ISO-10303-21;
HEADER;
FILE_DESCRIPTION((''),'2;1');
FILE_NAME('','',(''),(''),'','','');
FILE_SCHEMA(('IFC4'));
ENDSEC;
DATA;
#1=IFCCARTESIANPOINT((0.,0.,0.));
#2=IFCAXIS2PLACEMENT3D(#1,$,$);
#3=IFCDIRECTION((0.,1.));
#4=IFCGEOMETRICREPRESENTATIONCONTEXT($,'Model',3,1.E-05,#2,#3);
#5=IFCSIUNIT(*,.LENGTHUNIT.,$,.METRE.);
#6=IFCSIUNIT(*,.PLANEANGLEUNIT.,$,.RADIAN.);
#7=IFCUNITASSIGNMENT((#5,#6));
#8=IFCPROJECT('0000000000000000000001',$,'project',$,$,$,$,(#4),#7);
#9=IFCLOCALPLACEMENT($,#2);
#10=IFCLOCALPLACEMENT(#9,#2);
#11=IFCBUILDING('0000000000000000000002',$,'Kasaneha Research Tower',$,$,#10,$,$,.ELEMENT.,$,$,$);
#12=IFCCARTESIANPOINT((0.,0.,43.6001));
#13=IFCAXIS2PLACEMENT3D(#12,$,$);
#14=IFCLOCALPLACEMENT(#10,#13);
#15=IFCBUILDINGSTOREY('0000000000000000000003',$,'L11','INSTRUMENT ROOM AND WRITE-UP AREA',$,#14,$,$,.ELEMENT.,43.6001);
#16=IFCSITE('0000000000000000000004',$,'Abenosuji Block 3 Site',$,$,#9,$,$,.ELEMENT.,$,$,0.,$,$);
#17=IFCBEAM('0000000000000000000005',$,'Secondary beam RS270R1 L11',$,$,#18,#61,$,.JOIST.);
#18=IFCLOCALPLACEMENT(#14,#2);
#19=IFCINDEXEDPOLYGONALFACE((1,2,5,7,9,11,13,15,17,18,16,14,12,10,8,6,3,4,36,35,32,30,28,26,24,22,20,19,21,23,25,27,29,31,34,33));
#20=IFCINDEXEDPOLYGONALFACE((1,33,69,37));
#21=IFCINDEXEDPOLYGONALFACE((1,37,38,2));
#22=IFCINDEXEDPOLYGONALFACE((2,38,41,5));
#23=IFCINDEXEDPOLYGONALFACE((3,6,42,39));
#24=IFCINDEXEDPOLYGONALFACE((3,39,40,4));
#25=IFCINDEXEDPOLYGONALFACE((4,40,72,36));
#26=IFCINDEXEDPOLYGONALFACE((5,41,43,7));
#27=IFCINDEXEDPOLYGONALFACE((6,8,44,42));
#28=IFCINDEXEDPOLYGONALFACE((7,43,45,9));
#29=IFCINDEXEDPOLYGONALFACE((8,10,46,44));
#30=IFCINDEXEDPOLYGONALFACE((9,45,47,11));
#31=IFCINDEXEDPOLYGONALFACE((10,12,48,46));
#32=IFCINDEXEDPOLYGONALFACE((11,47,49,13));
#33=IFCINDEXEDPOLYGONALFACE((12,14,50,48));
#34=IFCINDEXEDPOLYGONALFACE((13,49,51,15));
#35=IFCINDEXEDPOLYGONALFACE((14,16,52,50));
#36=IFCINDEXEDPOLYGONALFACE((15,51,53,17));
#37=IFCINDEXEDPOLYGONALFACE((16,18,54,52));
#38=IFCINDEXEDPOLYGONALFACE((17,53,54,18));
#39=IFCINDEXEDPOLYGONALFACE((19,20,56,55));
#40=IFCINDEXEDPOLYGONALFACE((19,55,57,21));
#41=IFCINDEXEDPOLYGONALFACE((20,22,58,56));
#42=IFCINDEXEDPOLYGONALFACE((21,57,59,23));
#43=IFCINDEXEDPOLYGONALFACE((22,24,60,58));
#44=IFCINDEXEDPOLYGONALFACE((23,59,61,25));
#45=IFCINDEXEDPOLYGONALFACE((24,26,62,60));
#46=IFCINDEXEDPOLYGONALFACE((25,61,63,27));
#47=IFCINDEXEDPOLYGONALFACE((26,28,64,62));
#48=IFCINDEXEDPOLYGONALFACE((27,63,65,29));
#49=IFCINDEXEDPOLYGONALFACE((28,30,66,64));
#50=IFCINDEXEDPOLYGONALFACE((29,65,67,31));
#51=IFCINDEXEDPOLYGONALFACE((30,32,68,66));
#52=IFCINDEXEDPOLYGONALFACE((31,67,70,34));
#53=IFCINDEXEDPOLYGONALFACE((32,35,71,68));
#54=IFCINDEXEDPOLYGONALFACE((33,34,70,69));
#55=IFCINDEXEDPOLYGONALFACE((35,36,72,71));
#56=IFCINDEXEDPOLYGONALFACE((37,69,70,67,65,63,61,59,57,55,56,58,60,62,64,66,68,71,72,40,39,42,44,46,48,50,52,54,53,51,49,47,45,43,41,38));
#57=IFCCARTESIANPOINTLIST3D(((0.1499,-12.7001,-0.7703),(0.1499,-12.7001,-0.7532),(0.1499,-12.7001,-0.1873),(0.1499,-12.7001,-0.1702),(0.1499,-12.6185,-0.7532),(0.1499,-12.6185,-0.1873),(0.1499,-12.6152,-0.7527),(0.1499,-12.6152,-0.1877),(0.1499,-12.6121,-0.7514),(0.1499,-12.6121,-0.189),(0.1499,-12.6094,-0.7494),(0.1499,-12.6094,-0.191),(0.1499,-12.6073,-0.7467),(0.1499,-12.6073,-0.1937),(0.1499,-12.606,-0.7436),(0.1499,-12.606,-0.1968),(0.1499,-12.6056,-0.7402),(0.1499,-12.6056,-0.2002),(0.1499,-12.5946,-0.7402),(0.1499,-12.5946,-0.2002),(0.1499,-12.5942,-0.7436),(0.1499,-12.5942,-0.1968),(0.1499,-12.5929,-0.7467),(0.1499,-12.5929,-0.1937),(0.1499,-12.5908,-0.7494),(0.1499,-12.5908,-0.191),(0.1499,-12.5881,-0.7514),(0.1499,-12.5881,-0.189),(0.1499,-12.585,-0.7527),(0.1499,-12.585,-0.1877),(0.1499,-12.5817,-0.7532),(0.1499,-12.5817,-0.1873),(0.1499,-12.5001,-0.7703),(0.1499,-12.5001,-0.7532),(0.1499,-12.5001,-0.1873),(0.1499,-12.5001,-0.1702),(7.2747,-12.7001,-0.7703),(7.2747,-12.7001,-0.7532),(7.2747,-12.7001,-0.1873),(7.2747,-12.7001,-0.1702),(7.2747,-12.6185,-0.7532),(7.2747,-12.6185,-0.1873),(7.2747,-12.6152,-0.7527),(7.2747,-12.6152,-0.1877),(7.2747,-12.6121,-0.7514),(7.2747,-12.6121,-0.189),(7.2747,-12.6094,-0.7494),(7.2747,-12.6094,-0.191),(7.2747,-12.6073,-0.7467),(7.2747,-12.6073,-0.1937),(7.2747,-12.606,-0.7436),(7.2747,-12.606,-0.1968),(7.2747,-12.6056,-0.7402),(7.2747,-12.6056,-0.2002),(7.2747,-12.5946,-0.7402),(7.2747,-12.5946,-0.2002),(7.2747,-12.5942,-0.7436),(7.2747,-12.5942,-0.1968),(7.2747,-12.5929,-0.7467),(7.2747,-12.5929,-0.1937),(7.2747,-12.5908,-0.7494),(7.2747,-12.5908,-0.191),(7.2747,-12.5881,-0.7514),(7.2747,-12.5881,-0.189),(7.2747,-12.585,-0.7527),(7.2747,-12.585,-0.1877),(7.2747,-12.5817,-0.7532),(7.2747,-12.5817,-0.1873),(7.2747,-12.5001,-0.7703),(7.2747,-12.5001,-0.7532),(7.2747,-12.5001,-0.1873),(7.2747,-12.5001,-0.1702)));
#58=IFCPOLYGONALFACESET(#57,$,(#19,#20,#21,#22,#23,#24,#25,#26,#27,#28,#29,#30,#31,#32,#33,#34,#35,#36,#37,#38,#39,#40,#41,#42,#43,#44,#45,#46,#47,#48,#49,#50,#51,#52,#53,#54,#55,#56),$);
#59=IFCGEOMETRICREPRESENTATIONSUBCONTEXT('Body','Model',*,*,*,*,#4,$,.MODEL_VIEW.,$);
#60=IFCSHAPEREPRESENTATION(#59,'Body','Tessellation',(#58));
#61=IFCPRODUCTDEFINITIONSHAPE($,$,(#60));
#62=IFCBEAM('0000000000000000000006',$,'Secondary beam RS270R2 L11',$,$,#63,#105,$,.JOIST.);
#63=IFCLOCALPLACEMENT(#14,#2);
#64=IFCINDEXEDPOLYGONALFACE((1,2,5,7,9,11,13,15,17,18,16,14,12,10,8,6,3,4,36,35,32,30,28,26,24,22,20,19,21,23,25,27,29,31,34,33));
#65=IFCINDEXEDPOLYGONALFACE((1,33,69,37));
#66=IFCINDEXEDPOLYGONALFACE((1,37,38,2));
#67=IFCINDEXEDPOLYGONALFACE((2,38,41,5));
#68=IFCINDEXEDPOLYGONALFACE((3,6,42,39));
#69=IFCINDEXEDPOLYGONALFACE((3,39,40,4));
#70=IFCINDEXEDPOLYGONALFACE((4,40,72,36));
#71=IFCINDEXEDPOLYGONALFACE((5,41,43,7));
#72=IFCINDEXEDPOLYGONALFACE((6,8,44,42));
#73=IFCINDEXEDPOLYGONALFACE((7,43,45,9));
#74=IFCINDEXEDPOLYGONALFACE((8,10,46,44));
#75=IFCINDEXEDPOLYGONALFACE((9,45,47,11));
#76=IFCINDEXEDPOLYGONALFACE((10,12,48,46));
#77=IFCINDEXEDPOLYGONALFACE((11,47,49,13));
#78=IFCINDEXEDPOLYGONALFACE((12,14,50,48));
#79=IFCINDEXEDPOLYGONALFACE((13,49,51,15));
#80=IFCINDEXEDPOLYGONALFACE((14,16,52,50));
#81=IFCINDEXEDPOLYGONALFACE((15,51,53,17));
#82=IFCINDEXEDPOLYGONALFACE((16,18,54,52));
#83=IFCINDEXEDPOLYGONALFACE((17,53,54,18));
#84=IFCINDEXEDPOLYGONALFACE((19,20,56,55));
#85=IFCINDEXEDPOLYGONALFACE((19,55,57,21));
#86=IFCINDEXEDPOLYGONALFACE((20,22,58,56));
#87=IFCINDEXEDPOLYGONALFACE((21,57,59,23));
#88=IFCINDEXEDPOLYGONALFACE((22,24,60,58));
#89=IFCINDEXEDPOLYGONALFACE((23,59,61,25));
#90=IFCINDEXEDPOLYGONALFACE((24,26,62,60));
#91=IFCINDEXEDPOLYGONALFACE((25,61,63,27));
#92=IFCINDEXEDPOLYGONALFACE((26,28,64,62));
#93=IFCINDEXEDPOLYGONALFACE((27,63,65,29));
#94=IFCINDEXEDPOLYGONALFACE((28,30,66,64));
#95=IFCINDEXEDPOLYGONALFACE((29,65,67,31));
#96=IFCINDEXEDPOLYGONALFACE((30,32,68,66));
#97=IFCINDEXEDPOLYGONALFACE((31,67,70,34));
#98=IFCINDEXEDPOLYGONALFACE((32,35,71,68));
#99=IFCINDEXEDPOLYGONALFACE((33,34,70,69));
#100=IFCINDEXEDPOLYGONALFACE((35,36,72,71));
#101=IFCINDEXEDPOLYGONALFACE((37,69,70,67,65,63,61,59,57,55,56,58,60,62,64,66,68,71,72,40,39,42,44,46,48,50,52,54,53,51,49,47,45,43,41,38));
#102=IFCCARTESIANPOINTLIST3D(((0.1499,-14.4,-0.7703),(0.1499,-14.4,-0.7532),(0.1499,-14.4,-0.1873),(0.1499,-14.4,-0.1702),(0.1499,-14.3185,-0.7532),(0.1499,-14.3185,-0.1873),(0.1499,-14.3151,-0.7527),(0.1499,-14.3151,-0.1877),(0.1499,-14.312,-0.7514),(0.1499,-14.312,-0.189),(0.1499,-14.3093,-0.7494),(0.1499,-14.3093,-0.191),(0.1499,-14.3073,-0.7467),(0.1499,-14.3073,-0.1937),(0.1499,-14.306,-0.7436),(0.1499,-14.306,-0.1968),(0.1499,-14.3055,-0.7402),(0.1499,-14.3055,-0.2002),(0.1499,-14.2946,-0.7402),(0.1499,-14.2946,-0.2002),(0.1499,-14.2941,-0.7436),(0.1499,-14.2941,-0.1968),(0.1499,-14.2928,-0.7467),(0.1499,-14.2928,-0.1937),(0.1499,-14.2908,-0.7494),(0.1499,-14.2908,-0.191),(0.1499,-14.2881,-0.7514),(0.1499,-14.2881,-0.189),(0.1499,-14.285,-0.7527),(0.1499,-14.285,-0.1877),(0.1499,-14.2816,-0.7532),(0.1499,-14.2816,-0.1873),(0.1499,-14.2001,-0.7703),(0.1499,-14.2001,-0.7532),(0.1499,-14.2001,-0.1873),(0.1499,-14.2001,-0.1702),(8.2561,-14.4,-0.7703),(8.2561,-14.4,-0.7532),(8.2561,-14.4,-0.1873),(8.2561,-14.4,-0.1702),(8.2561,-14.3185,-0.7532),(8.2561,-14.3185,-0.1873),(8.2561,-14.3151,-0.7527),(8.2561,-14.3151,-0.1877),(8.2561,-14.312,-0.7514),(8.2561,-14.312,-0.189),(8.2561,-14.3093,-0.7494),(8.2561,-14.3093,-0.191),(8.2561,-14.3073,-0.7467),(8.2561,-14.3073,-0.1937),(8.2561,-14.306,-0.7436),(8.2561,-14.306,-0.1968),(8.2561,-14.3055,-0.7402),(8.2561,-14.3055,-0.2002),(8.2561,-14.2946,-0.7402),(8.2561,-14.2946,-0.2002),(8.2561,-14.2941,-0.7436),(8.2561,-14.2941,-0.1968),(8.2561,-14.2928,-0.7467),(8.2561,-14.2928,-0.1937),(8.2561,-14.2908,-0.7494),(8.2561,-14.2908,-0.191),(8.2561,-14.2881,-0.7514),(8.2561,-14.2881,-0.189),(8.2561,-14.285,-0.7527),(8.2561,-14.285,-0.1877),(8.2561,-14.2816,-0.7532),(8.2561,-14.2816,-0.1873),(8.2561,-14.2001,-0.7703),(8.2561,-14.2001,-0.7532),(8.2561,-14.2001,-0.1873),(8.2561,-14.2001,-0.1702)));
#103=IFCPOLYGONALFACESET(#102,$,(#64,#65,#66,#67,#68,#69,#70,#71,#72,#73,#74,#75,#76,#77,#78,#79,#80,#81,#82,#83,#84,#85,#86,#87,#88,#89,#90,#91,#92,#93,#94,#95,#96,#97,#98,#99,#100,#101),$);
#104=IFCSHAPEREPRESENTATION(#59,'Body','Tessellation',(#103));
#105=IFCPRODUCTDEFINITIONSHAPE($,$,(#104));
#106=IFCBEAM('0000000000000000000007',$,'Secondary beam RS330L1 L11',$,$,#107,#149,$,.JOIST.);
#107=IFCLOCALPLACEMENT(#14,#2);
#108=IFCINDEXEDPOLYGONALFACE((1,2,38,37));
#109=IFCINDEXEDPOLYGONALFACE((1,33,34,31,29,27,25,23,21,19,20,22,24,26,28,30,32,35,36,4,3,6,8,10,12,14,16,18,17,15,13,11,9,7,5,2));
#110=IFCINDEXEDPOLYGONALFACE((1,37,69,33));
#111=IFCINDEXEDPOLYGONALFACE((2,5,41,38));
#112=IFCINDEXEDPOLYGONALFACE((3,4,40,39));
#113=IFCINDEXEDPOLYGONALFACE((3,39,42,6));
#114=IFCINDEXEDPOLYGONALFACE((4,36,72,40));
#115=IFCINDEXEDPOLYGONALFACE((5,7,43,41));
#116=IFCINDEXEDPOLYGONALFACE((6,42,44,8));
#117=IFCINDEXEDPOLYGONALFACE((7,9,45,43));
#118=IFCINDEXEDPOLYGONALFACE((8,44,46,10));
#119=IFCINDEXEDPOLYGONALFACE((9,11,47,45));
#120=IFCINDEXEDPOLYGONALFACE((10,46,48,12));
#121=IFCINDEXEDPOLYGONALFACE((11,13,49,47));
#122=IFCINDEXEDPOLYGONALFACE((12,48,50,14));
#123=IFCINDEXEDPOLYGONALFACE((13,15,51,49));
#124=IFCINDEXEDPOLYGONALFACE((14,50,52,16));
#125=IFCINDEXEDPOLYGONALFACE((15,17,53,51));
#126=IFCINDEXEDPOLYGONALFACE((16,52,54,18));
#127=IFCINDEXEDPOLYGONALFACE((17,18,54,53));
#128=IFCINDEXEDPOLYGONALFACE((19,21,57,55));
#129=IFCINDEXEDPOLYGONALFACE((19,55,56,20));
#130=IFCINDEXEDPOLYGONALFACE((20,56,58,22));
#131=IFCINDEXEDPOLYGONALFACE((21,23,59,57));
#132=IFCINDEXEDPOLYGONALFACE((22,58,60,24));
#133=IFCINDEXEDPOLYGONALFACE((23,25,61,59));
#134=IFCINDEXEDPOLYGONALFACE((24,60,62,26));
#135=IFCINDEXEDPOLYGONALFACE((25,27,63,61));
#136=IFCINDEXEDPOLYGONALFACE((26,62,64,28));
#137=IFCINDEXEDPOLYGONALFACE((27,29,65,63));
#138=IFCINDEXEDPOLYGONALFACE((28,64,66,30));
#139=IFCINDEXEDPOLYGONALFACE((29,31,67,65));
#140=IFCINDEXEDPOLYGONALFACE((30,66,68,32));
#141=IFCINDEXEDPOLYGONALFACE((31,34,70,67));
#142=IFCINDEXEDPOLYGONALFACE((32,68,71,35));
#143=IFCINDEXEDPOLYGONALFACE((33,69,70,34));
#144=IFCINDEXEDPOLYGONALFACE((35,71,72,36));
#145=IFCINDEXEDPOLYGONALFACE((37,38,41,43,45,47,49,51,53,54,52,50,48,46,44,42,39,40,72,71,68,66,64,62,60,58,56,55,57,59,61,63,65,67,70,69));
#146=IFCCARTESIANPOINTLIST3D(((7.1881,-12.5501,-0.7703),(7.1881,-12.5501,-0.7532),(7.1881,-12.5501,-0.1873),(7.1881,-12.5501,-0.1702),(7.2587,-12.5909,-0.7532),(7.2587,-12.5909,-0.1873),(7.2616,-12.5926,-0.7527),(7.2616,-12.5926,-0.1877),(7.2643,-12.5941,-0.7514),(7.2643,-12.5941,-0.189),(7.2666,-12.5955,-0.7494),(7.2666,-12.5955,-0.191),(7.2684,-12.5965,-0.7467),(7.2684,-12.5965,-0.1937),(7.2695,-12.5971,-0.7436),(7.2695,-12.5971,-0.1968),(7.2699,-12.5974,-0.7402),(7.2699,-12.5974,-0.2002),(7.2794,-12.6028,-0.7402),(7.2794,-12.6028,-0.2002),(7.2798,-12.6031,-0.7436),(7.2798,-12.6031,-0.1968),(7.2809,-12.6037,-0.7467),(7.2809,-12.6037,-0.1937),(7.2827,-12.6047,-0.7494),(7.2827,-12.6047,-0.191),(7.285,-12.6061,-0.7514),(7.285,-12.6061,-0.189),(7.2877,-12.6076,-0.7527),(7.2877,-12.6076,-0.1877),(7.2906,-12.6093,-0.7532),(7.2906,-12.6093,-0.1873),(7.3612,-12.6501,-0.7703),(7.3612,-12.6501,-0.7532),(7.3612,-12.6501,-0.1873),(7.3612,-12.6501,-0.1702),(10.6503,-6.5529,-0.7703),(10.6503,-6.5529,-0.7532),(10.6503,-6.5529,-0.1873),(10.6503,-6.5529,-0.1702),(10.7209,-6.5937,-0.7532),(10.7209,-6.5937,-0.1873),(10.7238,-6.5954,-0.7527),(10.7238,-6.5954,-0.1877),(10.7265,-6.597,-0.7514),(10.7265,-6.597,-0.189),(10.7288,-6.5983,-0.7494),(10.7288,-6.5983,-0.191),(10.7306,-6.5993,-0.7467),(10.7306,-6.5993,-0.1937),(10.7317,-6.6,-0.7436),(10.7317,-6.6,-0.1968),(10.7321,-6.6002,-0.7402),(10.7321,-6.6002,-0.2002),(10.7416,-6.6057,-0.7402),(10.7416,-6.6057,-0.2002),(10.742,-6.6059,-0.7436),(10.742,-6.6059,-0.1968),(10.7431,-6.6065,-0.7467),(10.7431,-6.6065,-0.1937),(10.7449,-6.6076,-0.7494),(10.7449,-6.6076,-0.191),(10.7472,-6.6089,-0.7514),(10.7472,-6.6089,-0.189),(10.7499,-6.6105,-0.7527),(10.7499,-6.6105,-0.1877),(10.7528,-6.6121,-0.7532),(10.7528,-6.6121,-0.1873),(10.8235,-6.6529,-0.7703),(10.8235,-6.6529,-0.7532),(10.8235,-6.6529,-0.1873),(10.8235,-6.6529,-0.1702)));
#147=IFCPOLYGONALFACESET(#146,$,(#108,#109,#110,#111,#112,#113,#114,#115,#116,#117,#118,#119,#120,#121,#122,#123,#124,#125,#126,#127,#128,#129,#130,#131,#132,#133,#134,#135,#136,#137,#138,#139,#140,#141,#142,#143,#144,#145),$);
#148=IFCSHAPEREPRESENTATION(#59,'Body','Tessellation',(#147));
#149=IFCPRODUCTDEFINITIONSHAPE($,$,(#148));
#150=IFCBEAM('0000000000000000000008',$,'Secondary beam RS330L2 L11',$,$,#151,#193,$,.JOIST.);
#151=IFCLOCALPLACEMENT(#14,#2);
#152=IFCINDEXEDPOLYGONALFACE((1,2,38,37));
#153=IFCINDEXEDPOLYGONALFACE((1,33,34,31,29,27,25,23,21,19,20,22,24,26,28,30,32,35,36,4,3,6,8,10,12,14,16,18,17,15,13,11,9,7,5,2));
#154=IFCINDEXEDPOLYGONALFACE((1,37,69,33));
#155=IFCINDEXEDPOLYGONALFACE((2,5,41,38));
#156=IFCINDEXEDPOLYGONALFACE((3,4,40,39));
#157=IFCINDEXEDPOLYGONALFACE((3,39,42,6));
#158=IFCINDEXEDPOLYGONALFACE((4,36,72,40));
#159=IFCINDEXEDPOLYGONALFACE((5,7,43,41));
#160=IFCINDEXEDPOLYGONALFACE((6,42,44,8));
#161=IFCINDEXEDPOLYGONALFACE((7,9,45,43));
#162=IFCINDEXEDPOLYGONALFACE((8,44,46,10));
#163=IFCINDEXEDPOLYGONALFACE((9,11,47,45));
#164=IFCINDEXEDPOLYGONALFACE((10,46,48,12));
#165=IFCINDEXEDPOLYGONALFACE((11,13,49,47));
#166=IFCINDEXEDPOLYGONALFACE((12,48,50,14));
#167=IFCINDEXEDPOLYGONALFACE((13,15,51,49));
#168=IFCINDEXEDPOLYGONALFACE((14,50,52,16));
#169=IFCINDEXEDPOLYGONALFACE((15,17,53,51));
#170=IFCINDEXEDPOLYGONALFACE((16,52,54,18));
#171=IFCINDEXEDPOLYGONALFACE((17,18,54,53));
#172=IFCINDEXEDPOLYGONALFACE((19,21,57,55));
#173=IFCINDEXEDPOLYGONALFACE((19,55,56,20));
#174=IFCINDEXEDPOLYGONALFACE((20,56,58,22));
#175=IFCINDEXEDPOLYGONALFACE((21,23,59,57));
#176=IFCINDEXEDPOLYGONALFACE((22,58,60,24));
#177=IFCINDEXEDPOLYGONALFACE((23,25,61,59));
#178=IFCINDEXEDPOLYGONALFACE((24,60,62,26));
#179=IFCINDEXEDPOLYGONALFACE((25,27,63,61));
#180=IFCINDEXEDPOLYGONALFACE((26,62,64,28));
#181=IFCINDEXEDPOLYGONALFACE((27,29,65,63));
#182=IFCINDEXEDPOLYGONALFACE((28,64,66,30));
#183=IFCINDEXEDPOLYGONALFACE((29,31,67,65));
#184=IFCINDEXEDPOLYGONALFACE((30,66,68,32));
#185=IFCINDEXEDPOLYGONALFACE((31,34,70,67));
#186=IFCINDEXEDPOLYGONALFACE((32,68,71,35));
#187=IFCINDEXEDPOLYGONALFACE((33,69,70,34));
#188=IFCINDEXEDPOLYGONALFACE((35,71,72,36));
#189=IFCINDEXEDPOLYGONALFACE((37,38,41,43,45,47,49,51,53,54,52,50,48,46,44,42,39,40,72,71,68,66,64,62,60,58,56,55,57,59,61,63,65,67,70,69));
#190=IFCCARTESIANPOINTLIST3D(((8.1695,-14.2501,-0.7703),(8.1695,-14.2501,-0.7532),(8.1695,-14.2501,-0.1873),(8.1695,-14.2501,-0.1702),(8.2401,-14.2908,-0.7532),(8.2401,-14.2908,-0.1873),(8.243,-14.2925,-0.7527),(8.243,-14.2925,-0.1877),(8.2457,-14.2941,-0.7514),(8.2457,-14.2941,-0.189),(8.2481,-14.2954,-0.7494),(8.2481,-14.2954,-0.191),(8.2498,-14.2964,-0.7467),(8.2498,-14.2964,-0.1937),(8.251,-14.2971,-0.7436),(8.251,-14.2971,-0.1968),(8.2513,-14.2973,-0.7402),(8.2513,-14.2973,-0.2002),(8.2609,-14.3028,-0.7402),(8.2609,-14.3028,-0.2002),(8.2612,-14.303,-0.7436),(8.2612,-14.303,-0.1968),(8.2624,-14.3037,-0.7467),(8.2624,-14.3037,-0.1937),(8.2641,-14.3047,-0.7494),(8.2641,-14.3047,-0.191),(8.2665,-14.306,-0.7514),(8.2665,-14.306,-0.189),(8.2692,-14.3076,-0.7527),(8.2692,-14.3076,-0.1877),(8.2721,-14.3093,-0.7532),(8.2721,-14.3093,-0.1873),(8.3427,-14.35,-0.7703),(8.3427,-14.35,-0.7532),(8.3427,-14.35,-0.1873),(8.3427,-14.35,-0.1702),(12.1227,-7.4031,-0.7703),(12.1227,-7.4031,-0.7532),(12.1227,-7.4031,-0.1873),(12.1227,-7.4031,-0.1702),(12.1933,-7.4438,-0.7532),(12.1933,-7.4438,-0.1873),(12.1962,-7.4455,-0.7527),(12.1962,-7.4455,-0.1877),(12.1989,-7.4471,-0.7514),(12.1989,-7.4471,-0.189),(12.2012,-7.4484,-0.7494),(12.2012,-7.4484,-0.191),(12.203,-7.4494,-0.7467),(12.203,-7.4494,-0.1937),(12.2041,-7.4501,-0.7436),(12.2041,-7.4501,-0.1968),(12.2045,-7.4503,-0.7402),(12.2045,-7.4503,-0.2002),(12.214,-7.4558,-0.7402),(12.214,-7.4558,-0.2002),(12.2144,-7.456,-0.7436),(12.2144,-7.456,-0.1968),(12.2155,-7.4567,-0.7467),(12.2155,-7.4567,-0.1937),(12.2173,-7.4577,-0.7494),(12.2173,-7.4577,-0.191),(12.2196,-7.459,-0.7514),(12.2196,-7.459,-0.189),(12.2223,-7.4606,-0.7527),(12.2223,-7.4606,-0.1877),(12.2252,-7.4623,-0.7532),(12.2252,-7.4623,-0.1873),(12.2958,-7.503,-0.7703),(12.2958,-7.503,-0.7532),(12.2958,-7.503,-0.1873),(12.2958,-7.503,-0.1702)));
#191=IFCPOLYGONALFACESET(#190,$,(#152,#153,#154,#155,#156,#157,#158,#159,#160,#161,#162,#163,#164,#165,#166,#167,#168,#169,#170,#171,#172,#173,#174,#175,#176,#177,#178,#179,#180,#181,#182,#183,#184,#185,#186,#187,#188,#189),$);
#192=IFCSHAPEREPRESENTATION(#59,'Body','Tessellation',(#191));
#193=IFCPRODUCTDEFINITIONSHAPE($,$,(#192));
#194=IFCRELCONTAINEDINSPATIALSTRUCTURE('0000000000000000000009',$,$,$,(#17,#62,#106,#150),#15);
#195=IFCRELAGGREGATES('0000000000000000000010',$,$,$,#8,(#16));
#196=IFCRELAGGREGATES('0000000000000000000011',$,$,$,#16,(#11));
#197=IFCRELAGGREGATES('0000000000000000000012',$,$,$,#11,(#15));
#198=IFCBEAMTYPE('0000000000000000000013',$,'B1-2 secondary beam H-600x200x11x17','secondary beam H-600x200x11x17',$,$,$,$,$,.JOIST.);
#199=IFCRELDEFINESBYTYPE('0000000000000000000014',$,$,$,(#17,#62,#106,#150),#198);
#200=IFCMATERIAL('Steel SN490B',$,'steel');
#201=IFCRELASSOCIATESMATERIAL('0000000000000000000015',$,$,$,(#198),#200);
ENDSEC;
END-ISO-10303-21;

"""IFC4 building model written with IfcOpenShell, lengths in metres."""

from ifc_helpers import new_model, si_unit, direction, frame, origin, origin_2d, place, context, subcontext, project, spatial, i_section, extrude, material, material_profile, profile_set, type_object, element, save


model = new_model("IFC4")

# Units and contexts
model_context = context("Model", 3, precision=1e-05, world=origin(), true_north=direction((0.0, 1.0)))
body_context = subcontext(model_context, "Body", "Model", "MODEL_VIEW")
ifc_project = project(units=[si_unit("LENGTHUNIT", "METRE"), si_unit("PLANEANGLEUNIT", "RADIAN")], contexts=[model_context])

# Site, building, storey
site_placement = place(None, origin())
site = spatial("IfcSite", under=ifc_project, at=site_placement, Name="Abenosuji Block 3 Site", CompositionType="ELEMENT", RefElevation=0.0)
building_placement = place(site_placement, origin())
building = spatial("IfcBuilding", under=site, at=building_placement, Name="Kasaneha Research Tower", CompositionType="ELEMENT")
storey_placement = place(building_placement, frame((0.0, 0.0, 43.6001)))
storey = spatial("IfcBuildingStorey", under=building, at=storey_placement, Name="L11", Description="INSTRUMENT ROOM AND WRITE-UP AREA", CompositionType="ELEMENT", Elevation=43.6001)

# Beams
ifc_material_1 = material(Name="Steel SN490B", Category="steel")
ifc_material_profile_1 = material_profile(ifc_material_1, i_section(OverallWidth=0.2, OverallDepth=0.6001, WebThickness=0.011, FlangeThickness=0.0171, FilletRadius=0.0129, at=origin_2d()), Name="H-600x200x11x17")
ifc_profile_set_1 = profile_set([ifc_material_profile_1], Name="Steel SN490B")
beam_type_1 = type_object("IfcBeamType", Name="B1-2 secondary beam H-600x200x11x17", Description="secondary beam H-600x200x11x17", PredefinedType="JOIST", material=ifc_profile_set_1)
beam_1_placement = place(storey_placement, frame((7.2747, -12.6001, -0.4702), z_axis=(-1.0, 0.0, 0.0), x_axis=(0.0, -1.0, 0.0)))
element("IfcBeam", 1, at=beam_1_placement, inside=storey, type_object=beam_type_1, Name="Secondary beam RS270R1 L11", PredefinedType="JOIST", context=body_context, shape_type="SweptSolid", body=[
    extrude(i_section(OverallWidth=0.2, OverallDepth=0.6001, WebThickness=0.011, FlangeThickness=0.0171, FilletRadius=0.0129, at=origin_2d()), origin(), (0.0, 0.0, 1.0), 7.1248),
])
beam_2_placement = place(storey_placement, frame((8.2561, -14.3, -0.4702), z_axis=(-1.0, 0.0, 0.0), x_axis=(0.0, -1.0, 0.0)))
element("IfcBeam", 2, at=beam_2_placement, inside=storey, type_object=beam_type_1, Name="Secondary beam RS270R2 L11", PredefinedType="JOIST", context=body_context, shape_type="SweptSolid", body=[
    extrude(i_section(OverallWidth=0.2, OverallDepth=0.6001, WebThickness=0.011, FlangeThickness=0.0171, FilletRadius=0.0129, at=origin_2d()), origin(), (0.0, 0.0, 1.0), 8.1062),
])
beam_3_placement = place(storey_placement, frame((7.2747, -12.6001, -0.4702), z_axis=(0.499973, 0.866041, 0.0), x_axis=(-0.866041, 0.499973, 0.0)))
element("IfcBeam", 3, at=beam_3_placement, inside=storey, type_object=beam_type_1, Name="Secondary beam RS330L1 L11", PredefinedType="JOIST", context=body_context, shape_type="SweptSolid", body=[
    extrude(i_section(OverallWidth=0.2, OverallDepth=0.6001, WebThickness=0.011, FlangeThickness=0.0171, FilletRadius=0.0129, at=origin_2d()), origin(), (0.0, 0.0, 1.0), 6.9248),
])
beam_4_placement = place(storey_placement, frame((8.2561, -14.3, -0.4702), z_axis=(0.500005, 0.866023, 0.0), x_axis=(-0.866023, 0.500005, 0.0)))
element("IfcBeam", 4, at=beam_4_placement, inside=storey, type_object=beam_type_1, Name="Secondary beam RS330L2 L11", PredefinedType="JOIST", context=body_context, shape_type="SweptSolid", body=[
    extrude(i_section(OverallWidth=0.2, OverallDepth=0.6001, WebThickness=0.011, FlangeThickness=0.0171, FilletRadius=0.0129, at=origin_2d()), origin(), (0.0, 0.0, 1.0), 7.9062),
])

save(model, "model.ifc")
